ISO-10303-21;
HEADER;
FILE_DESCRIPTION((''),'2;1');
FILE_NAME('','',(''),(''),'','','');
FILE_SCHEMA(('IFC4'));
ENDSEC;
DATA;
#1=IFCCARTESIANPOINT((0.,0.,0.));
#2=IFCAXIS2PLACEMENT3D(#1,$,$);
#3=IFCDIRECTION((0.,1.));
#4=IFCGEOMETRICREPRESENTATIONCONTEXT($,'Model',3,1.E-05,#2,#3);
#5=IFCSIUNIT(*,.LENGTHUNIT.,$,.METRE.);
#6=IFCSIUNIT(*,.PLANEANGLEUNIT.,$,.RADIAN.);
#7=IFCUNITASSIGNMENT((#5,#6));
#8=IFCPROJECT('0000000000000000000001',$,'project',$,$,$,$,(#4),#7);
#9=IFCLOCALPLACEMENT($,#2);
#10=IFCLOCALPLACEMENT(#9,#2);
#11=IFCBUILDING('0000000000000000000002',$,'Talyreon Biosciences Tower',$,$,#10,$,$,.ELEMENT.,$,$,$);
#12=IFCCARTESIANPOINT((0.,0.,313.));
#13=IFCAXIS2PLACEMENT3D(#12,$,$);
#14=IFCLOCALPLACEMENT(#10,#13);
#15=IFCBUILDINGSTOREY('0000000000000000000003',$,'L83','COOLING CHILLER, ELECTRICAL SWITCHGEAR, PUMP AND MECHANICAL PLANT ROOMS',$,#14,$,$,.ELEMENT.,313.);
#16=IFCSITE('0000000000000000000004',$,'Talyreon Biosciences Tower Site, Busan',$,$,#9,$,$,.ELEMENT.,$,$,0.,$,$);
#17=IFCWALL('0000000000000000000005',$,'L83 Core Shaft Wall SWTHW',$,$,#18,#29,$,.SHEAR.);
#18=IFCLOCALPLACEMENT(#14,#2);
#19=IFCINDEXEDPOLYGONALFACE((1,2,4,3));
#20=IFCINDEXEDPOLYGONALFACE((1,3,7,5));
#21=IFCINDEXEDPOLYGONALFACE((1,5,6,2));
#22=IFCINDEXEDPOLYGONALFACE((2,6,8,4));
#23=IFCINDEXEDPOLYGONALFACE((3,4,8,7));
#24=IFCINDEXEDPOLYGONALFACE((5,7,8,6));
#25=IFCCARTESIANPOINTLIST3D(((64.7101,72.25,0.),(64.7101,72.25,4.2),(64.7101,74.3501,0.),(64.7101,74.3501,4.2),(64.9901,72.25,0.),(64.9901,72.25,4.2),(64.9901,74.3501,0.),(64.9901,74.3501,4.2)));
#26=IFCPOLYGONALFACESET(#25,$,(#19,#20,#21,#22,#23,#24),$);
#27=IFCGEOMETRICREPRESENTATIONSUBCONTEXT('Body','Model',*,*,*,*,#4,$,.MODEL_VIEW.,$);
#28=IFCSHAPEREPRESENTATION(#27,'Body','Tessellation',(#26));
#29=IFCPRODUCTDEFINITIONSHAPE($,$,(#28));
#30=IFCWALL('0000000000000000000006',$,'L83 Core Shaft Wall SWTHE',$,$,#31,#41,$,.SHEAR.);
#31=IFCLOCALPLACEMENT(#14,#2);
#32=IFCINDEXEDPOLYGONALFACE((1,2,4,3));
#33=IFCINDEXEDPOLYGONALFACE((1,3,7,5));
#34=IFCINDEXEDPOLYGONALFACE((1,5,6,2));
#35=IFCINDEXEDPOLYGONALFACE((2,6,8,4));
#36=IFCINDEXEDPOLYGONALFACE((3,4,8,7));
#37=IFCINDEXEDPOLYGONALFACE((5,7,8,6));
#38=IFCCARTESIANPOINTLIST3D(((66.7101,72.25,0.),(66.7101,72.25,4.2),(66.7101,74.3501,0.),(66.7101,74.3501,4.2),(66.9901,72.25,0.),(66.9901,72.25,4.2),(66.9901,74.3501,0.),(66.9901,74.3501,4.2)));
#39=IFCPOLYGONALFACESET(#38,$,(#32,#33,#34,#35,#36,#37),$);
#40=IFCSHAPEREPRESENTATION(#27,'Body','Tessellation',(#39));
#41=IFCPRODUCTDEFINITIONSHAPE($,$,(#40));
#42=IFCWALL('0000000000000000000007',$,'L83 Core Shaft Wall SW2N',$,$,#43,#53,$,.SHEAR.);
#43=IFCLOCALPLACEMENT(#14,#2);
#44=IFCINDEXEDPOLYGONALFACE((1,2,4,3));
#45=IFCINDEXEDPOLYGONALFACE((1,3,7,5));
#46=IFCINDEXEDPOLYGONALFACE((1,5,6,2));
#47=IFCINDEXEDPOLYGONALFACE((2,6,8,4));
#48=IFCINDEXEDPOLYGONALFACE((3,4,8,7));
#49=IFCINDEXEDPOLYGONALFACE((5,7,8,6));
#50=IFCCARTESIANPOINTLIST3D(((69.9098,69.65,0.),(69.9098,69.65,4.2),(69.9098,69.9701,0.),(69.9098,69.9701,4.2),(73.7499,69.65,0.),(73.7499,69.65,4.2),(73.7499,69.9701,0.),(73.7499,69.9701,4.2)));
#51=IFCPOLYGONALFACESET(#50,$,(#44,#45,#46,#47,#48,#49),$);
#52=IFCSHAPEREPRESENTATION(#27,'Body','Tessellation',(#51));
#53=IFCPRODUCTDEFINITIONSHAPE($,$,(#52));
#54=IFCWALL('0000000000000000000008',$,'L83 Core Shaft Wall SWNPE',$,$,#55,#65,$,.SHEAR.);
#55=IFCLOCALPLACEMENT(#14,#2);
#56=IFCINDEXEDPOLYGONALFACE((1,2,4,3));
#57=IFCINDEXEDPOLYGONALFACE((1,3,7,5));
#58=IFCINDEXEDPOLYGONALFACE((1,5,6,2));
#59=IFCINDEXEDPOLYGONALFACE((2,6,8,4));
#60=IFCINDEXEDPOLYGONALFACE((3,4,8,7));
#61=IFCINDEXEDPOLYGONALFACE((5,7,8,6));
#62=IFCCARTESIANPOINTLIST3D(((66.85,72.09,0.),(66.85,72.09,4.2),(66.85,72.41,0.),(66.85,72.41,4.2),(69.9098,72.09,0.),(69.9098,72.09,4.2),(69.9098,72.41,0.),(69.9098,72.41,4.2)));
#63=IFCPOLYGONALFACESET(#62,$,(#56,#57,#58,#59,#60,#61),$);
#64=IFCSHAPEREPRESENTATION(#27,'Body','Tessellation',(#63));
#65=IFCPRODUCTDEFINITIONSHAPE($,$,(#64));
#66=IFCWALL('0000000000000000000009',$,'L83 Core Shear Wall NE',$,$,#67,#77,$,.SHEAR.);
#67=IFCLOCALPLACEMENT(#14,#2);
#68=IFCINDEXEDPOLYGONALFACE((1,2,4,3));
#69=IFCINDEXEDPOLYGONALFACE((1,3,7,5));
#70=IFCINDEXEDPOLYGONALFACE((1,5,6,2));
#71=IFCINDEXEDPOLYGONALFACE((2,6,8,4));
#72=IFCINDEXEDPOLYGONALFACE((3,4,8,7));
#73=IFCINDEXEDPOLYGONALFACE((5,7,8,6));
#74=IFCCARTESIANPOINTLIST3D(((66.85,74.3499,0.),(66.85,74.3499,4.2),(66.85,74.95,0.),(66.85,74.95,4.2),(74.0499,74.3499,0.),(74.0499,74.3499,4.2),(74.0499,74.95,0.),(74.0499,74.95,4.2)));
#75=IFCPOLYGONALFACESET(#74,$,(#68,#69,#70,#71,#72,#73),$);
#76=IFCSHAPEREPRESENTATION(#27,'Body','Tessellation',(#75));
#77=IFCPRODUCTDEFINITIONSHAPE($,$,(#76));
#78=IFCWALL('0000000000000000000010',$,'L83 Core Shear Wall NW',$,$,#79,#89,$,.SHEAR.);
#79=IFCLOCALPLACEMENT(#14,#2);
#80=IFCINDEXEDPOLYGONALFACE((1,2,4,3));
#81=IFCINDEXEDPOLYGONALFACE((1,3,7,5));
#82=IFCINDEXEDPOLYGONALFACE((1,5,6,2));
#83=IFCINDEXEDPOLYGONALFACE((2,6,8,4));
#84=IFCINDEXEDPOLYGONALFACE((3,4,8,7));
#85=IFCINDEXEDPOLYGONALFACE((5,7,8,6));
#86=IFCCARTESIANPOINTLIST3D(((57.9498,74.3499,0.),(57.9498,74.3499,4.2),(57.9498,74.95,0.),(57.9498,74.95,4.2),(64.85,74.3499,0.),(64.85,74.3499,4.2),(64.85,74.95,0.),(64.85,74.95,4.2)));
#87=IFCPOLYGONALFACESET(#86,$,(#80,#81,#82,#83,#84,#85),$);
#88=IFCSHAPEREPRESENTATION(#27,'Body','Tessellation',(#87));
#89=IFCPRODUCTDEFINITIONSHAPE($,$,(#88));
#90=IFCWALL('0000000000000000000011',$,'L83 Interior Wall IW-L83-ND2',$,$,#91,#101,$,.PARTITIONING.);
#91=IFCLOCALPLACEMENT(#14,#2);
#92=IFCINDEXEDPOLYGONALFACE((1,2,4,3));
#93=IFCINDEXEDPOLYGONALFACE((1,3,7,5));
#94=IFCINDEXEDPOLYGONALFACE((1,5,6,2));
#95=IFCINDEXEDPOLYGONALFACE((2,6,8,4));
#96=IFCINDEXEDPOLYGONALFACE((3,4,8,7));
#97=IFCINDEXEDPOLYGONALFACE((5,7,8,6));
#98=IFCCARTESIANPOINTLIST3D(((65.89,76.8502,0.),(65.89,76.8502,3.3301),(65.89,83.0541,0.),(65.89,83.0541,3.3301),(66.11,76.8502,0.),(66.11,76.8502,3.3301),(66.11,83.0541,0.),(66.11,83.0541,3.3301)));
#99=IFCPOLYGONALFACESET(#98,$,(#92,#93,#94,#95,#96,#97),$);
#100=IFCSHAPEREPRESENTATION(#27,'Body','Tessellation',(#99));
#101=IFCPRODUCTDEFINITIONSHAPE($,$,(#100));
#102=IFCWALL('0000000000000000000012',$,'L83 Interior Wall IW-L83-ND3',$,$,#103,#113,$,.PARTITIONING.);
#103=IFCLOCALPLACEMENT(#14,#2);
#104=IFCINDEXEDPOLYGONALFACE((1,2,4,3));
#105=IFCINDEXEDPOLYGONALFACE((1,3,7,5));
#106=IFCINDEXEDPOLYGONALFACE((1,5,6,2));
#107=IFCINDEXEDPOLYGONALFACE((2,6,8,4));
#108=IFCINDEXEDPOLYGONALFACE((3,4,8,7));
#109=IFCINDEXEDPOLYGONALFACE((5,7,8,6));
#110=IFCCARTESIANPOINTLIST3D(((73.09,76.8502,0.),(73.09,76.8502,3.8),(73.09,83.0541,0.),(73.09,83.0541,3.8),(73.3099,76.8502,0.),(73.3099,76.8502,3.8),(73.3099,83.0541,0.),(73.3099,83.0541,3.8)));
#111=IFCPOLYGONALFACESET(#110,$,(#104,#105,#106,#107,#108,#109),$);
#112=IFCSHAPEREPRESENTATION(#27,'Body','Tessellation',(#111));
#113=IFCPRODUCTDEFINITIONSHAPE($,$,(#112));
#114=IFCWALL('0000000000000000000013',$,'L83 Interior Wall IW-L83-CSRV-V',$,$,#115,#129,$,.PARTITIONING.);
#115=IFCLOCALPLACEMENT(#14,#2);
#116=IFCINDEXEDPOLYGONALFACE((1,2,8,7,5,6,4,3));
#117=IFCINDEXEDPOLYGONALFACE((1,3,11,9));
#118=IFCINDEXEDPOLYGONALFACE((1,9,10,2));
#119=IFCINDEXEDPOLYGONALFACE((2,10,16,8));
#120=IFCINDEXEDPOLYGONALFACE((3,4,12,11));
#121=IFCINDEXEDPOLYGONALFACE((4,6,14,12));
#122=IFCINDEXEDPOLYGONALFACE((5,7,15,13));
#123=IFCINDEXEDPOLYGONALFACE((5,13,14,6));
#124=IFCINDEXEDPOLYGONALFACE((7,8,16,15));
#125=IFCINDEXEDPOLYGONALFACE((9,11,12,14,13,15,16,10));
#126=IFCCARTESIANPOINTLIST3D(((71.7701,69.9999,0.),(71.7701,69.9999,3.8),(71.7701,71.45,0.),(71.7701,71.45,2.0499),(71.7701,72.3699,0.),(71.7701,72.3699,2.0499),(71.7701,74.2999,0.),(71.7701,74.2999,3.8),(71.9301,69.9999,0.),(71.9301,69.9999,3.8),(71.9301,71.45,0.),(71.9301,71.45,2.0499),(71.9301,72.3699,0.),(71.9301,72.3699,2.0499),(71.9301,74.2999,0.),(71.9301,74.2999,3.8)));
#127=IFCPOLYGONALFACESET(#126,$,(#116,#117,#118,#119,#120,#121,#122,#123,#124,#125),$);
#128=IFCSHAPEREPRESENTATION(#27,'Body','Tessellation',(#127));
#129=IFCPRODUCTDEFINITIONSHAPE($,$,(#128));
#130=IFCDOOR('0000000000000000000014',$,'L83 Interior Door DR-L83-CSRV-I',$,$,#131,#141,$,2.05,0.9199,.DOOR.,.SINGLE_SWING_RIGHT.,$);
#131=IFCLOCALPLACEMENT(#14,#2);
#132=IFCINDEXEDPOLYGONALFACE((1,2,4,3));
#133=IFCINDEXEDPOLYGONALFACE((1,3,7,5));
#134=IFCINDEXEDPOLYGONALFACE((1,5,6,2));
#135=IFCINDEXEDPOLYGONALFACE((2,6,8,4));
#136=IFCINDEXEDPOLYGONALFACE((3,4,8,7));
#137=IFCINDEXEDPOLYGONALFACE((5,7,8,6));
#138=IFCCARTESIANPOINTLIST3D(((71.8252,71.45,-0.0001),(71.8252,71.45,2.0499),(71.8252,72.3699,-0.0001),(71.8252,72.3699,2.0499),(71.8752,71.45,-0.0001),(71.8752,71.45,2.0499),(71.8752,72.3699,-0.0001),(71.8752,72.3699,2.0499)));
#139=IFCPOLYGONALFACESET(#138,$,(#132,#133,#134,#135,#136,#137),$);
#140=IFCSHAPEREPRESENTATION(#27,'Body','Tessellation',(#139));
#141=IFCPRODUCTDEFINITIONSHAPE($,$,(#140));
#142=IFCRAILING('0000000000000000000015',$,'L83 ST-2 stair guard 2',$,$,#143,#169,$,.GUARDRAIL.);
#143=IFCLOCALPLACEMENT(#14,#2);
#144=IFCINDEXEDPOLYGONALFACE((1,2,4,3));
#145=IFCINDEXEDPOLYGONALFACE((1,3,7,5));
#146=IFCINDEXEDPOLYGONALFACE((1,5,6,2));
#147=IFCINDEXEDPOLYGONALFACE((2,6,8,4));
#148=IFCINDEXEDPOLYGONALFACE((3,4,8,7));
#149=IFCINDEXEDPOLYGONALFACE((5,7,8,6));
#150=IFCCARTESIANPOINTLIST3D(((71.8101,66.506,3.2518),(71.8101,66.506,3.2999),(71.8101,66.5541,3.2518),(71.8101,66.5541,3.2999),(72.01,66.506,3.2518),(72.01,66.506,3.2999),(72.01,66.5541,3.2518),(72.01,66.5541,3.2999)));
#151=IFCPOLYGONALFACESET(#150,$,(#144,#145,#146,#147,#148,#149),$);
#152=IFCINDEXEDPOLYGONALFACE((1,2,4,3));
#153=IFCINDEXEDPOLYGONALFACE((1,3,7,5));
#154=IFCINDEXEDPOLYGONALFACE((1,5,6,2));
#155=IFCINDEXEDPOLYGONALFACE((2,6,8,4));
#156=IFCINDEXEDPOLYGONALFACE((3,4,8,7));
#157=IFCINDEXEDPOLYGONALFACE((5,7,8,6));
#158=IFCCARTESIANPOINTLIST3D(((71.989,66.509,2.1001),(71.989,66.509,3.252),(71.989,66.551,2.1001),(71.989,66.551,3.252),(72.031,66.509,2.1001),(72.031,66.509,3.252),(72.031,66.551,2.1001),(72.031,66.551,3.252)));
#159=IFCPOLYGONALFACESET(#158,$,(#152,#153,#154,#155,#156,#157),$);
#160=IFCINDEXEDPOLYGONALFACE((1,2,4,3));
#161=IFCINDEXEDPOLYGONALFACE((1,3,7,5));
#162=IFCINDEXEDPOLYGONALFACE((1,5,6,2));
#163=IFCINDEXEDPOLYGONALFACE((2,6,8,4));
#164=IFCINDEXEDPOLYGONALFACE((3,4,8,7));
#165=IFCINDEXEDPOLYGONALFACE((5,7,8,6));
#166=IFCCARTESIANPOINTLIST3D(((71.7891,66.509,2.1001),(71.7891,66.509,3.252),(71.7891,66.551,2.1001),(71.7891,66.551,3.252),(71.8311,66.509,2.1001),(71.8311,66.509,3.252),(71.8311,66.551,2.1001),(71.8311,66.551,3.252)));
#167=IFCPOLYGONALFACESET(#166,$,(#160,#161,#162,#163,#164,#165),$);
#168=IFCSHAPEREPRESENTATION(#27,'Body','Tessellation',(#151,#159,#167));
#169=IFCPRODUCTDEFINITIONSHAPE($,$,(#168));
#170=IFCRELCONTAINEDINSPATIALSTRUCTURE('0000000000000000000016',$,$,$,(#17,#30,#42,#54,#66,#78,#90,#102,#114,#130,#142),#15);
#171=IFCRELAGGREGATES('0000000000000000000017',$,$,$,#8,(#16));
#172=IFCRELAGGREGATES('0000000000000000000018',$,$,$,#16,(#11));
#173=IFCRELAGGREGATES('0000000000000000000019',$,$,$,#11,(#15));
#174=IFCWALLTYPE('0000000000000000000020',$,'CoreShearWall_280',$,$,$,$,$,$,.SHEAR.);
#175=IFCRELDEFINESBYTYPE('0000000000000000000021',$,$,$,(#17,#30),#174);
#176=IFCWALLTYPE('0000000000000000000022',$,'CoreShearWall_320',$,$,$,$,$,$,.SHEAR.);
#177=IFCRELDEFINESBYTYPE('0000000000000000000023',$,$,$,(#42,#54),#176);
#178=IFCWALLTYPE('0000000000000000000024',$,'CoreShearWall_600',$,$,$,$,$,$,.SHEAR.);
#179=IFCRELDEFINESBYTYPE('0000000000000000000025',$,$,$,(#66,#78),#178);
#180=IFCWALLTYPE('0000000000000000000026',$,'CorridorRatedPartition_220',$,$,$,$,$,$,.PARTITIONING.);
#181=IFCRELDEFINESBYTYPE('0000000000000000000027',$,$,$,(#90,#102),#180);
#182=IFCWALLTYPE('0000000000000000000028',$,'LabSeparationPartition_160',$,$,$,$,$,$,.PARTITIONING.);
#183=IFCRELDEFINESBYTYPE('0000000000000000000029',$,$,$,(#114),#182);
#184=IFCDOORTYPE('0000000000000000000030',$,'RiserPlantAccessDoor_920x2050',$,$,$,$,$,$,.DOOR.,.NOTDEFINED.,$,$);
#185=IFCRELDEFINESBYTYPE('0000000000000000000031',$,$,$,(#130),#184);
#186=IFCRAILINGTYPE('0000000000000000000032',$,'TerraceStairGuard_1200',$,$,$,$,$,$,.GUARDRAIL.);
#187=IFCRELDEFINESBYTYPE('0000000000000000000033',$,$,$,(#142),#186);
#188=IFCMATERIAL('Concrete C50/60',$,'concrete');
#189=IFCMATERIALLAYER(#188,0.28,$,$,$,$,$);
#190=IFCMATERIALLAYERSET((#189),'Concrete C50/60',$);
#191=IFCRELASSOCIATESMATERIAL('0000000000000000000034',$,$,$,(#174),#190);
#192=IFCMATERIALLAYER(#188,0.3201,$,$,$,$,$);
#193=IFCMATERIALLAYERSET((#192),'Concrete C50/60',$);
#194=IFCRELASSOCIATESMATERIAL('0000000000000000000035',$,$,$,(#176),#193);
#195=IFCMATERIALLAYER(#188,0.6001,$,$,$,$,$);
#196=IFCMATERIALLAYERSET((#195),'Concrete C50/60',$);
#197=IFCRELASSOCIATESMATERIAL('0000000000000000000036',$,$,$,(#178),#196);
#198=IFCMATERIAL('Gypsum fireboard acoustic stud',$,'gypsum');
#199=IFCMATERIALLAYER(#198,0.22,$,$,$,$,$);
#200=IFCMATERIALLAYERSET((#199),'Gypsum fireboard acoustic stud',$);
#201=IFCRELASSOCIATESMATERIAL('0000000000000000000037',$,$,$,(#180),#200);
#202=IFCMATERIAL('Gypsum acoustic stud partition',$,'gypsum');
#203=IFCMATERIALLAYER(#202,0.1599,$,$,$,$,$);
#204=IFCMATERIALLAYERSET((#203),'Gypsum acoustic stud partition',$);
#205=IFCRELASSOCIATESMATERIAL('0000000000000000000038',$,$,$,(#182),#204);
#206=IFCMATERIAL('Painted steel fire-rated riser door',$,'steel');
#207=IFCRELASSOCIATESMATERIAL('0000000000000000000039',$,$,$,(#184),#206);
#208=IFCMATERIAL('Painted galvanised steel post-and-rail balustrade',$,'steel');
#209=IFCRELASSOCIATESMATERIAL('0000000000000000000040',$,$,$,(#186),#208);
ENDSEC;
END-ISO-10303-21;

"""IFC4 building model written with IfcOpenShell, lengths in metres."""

from ifc_helpers import new_model, si_unit, direction, frame, frame_2d, origin, origin_2d, place, context, subcontext, project, spatial, rectangle, extrude, material, layer, layer_set, type_object, element, fill, save


model = new_model("IFC4")

# Units and contexts
model_context = context("Model", 3, precision=1e-05, world=origin(), true_north=direction((0.0, 1.0)))
body_context = subcontext(model_context, "Body", "Model", "MODEL_VIEW")
ifc_project = project(units=[si_unit("LENGTHUNIT", "METRE"), si_unit("PLANEANGLEUNIT", "RADIAN")], contexts=[model_context])

# Site, building, storey
site_placement = place(None, origin())
site = spatial("IfcSite", under=ifc_project, at=site_placement, Name="Talyreon Biosciences Tower Site, Busan", CompositionType="ELEMENT", RefElevation=0.0)
building_placement = place(site_placement, origin())
building = spatial("IfcBuilding", under=site, at=building_placement, Name="Talyreon Biosciences Tower", CompositionType="ELEMENT")
storey_placement = place(building_placement, frame((0.0, 0.0, 313.0)))
storey = spatial("IfcBuildingStorey", under=building, at=storey_placement, Name="L83", Description="COOLING CHILLER, ELECTRICAL SWITCHGEAR, PUMP AND MECHANICAL PLANT ROOMS", CompositionType="ELEMENT", Elevation=313.0)

# Shared definitions
ifc_material_1 = material(Name="Concrete C50/60", Category="concrete")

# Walls
ifc_layer_1 = layer(ifc_material_1, 0.28)
ifc_layer_set_1 = layer_set([ifc_layer_1], Name="Concrete C50/60")
wall_type_1 = type_object("IfcWallType", Name="CoreShearWall_280", PredefinedType="SHEAR", material=ifc_layer_set_1)
for number, where, z_axis, x_axis, name in (
    (1, (64.8501, 72.25, 0.0), (0.0, 0.0, 1.0), (0.0, 1.0, 0.0), "L83 Core Shaft Wall SWTHW"),
    (2, (66.8501, 72.25, 0.0), (0.0, 0.0, 1.0), (0.0, 1.0, 0.0), "L83 Core Shaft Wall SWTHE"),
):
    element("IfcWall", number, at=place(storey_placement, frame(where, z_axis=z_axis, x_axis=x_axis)), inside=storey, type_object=wall_type_1, Name=name, PredefinedType="SHEAR", context=body_context, shape_type="SweptSolid", body=[
        extrude(rectangle(XDim=2.1001, YDim=0.28, at=frame_2d((1.05, 0.0))), origin(), (0.0, 0.0, 1.0), 4.2),
    ])
ifc_layer_2 = layer(ifc_material_1, 0.3201)
ifc_layer_set_2 = layer_set([ifc_layer_2], Name="Concrete C50/60")
wall_type_2 = type_object("IfcWallType", Name="CoreShearWall_320", PredefinedType="SHEAR", material=ifc_layer_set_2)
wall_1_placement = place(storey_placement, frame((69.9099, 69.8101, 0.0), z_axis=(0.0, 0.0, 1.0), x_axis=(1.0, 0.0, 0.0)))
element("IfcWall", 3, at=wall_1_placement, inside=storey, type_object=wall_type_2, Name="L83 Core Shaft Wall SW2N", PredefinedType="SHEAR", context=body_context, shape_type="SweptSolid", body=[
    extrude(rectangle(XDim=3.8401, YDim=0.3201, at=frame_2d((1.9199, 0.0))), origin(), (0.0, 0.0, 1.0), 4.2),
])
wall_2_placement = place(storey_placement, frame((66.8501, 72.25, 0.0), z_axis=(0.0, 0.0, 1.0), x_axis=(1.0, 0.0, 0.0)))
element("IfcWall", 4, at=wall_2_placement, inside=storey, type_object=wall_type_2, Name="L83 Core Shaft Wall SWNPE", PredefinedType="SHEAR", context=body_context, shape_type="SweptSolid", body=[
    extrude(rectangle(XDim=3.0598, YDim=0.3201, at=frame_2d((1.5298, 0.0))), origin(), (0.0, 0.0, 1.0), 4.2),
])
ifc_layer_3 = layer(ifc_material_1, 0.6001)
ifc_layer_set_3 = layer_set([ifc_layer_3], Name="Concrete C50/60")
wall_type_3 = type_object("IfcWallType", Name="CoreShearWall_600", PredefinedType="SHEAR", material=ifc_layer_set_3)
wall_3_placement = place(storey_placement, frame((74.05, 74.6499, 0.0), z_axis=(0.0, 0.0, 1.0), x_axis=(-1.0, 0.0, 0.0)))
element("IfcWall", 5, at=wall_3_placement, inside=storey, type_object=wall_type_3, Name="L83 Core Shear Wall NE", PredefinedType="SHEAR", context=body_context, shape_type="SweptSolid", body=[
    extrude(rectangle(XDim=7.2, YDim=0.6001, at=frame_2d((3.6001, 0.0))), origin(), (0.0, 0.0, 1.0), 4.2),
])
wall_4_placement = place(storey_placement, frame((64.8501, 74.6499, 0.0), z_axis=(0.0, 0.0, 1.0), x_axis=(-1.0, 0.0, 0.0)))
element("IfcWall", 6, at=wall_4_placement, inside=storey, type_object=wall_type_3, Name="L83 Core Shear Wall NW", PredefinedType="SHEAR", context=body_context, shape_type="SweptSolid", body=[
    extrude(rectangle(XDim=6.9001, YDim=0.6001, at=frame_2d((3.4502, 0.0))), origin(), (0.0, 0.0, 1.0), 4.2),
])
ifc_material_2 = material(Name="Gypsum fireboard acoustic stud", Category="gypsum")
ifc_layer_4 = layer(ifc_material_2, 0.22)
ifc_layer_set_4 = layer_set([ifc_layer_4], Name="Gypsum fireboard acoustic stud")
wall_type_4 = type_object("IfcWallType", Name="CorridorRatedPartition_220", PredefinedType="PARTITIONING", material=ifc_layer_set_4)
wall_5_placement = place(storey_placement, frame((66.0, 76.8501, 0.0), z_axis=(0.0, 0.0, 1.0), x_axis=(0.0, 1.0, 0.0)))
element("IfcWall", 7, at=wall_5_placement, inside=storey, type_object=wall_type_4, Name="L83 Interior Wall IW-L83-ND2", PredefinedType="PARTITIONING", context=body_context, shape_type="SweptSolid", body=[
    extrude(rectangle(XDim=6.2039, YDim=0.22, at=frame_2d((3.1021, 0.0))), origin(), (0.0, 0.0, 1.0), 3.3301),
])
wall_6_placement = place(storey_placement, frame((73.2, 76.8501, 0.0), z_axis=(0.0, 0.0, 1.0), x_axis=(0.0, 1.0, 0.0)))
element("IfcWall", 8, at=wall_6_placement, inside=storey, type_object=wall_type_4, Name="L83 Interior Wall IW-L83-ND3", PredefinedType="PARTITIONING", context=body_context, shape_type="SweptSolid", body=[
    extrude(rectangle(XDim=6.2039, YDim=0.22, at=frame_2d((3.1021, 0.0))), origin(), (0.0, 0.0, 1.0), 3.8),
])

# Wall, opening, door
ifc_material_3 = material(Name="Gypsum acoustic stud partition", Category="gypsum")
ifc_layer_5 = layer(ifc_material_3, 0.1599)
ifc_layer_set_5 = layer_set([ifc_layer_5], Name="Gypsum acoustic stud partition")
wall_type_5 = type_object("IfcWallType", Name="LabSeparationPartition_160", PredefinedType="PARTITIONING", material=ifc_layer_set_5)
wall_7_placement = place(storey_placement, frame((71.8501, 70.0, 0.0), z_axis=(0.0, 0.0, 1.0), x_axis=(0.0, 1.0, 0.0)))
wall_7 = element("IfcWall", 9, at=wall_7_placement, inside=storey, type_object=wall_type_5, Name="L83 Interior Wall IW-L83-CSRV-V", PredefinedType="PARTITIONING", context=body_context, shape_type="SweptSolid", body=[
    extrude(rectangle(XDim=4.3, YDim=0.1599, at=frame_2d((2.1499, 0.0))), origin(), (0.0, 0.0, 1.0), 3.8),
])
opening_placement = place(wall_7_placement, frame((1.45, 0.0, 0.0)))
opening = element("IfcOpeningElement", 10, at=opening_placement, cuts=wall_7, PredefinedType="OPENING", context=body_context, shape_type="SweptSolid", body=[
    extrude(rectangle(XDim=0.9199, YDim=2.05, at=frame_2d((0.46, 1.0249))), frame((0.0, 0.0898, 0.0), z_axis=(0.0, -1.0, 0.0), x_axis=(1.0, 0.0, 0.0)), (0.0, 0.0, 1.0), 0.1799),
])
ifc_material_4 = material(Name="Painted steel fire-rated riser door", Category="steel")
door_type = type_object("IfcDoorType", Name="RiserPlantAccessDoor_920x2050", OperationType="NOTDEFINED", PredefinedType="DOOR", material=ifc_material_4)
door_placement = place(opening_placement, origin())
door = element("IfcDoor", 11, at=door_placement, inside=storey, type_object=door_type, Name="L83 Interior Door DR-L83-CSRV-I", OperationType="SINGLE_SWING_RIGHT", OverallHeight=2.05, OverallWidth=0.9199, PredefinedType="DOOR", context=body_context, shape_type="SweptSolid", body=[
    extrude(rectangle(XDim=0.9199, YDim=2.05, at=frame_2d((0.46, 1.0249))), frame((0.0, 0.0249, 0.0), z_axis=(0.0, -1.0, 0.0), x_axis=(1.0, 0.0, 0.0)), (0.0, 0.0, 1.0), 0.05),
])
fill(opening, door)

# Railing
ifc_material_5 = material(Name="Painted galvanised steel post-and-rail balustrade", Category="steel")
railing_type = type_object("IfcRailingType", Name="TerraceStairGuard_1200", PredefinedType="GUARDRAIL", material=ifc_material_5)
railing_1_placement = place(storey_placement, frame((72.01, 66.53, 2.1001)))
element("IfcRailing", 12, at=railing_1_placement, inside=storey, type_object=railing_type, Name="L83 ST-2 stair guard 2", PredefinedType="GUARDRAIL", context=body_context, shape_type="SweptSolid", body=[
    extrude(rectangle(XDim=0.0481, YDim=0.0481, at=origin_2d()), frame((0.0, 0.0, 1.1758), z_axis=(-1.0, 0.0, 0.0), x_axis=(0.0, -1.0, 0.0)), (0.0, 0.0, 1.0), 0.2),
    extrude(rectangle(XDim=0.042, YDim=0.042, at=origin_2d()), origin(), (0.0, 0.0, 1.0), 1.1519),
    extrude(rectangle(XDim=0.042, YDim=0.042, at=origin_2d()), frame((-0.2, 0.0, 0.0)), (0.0, 0.0, 1.0), 1.1519),
])

save(model, "model.ifc")
